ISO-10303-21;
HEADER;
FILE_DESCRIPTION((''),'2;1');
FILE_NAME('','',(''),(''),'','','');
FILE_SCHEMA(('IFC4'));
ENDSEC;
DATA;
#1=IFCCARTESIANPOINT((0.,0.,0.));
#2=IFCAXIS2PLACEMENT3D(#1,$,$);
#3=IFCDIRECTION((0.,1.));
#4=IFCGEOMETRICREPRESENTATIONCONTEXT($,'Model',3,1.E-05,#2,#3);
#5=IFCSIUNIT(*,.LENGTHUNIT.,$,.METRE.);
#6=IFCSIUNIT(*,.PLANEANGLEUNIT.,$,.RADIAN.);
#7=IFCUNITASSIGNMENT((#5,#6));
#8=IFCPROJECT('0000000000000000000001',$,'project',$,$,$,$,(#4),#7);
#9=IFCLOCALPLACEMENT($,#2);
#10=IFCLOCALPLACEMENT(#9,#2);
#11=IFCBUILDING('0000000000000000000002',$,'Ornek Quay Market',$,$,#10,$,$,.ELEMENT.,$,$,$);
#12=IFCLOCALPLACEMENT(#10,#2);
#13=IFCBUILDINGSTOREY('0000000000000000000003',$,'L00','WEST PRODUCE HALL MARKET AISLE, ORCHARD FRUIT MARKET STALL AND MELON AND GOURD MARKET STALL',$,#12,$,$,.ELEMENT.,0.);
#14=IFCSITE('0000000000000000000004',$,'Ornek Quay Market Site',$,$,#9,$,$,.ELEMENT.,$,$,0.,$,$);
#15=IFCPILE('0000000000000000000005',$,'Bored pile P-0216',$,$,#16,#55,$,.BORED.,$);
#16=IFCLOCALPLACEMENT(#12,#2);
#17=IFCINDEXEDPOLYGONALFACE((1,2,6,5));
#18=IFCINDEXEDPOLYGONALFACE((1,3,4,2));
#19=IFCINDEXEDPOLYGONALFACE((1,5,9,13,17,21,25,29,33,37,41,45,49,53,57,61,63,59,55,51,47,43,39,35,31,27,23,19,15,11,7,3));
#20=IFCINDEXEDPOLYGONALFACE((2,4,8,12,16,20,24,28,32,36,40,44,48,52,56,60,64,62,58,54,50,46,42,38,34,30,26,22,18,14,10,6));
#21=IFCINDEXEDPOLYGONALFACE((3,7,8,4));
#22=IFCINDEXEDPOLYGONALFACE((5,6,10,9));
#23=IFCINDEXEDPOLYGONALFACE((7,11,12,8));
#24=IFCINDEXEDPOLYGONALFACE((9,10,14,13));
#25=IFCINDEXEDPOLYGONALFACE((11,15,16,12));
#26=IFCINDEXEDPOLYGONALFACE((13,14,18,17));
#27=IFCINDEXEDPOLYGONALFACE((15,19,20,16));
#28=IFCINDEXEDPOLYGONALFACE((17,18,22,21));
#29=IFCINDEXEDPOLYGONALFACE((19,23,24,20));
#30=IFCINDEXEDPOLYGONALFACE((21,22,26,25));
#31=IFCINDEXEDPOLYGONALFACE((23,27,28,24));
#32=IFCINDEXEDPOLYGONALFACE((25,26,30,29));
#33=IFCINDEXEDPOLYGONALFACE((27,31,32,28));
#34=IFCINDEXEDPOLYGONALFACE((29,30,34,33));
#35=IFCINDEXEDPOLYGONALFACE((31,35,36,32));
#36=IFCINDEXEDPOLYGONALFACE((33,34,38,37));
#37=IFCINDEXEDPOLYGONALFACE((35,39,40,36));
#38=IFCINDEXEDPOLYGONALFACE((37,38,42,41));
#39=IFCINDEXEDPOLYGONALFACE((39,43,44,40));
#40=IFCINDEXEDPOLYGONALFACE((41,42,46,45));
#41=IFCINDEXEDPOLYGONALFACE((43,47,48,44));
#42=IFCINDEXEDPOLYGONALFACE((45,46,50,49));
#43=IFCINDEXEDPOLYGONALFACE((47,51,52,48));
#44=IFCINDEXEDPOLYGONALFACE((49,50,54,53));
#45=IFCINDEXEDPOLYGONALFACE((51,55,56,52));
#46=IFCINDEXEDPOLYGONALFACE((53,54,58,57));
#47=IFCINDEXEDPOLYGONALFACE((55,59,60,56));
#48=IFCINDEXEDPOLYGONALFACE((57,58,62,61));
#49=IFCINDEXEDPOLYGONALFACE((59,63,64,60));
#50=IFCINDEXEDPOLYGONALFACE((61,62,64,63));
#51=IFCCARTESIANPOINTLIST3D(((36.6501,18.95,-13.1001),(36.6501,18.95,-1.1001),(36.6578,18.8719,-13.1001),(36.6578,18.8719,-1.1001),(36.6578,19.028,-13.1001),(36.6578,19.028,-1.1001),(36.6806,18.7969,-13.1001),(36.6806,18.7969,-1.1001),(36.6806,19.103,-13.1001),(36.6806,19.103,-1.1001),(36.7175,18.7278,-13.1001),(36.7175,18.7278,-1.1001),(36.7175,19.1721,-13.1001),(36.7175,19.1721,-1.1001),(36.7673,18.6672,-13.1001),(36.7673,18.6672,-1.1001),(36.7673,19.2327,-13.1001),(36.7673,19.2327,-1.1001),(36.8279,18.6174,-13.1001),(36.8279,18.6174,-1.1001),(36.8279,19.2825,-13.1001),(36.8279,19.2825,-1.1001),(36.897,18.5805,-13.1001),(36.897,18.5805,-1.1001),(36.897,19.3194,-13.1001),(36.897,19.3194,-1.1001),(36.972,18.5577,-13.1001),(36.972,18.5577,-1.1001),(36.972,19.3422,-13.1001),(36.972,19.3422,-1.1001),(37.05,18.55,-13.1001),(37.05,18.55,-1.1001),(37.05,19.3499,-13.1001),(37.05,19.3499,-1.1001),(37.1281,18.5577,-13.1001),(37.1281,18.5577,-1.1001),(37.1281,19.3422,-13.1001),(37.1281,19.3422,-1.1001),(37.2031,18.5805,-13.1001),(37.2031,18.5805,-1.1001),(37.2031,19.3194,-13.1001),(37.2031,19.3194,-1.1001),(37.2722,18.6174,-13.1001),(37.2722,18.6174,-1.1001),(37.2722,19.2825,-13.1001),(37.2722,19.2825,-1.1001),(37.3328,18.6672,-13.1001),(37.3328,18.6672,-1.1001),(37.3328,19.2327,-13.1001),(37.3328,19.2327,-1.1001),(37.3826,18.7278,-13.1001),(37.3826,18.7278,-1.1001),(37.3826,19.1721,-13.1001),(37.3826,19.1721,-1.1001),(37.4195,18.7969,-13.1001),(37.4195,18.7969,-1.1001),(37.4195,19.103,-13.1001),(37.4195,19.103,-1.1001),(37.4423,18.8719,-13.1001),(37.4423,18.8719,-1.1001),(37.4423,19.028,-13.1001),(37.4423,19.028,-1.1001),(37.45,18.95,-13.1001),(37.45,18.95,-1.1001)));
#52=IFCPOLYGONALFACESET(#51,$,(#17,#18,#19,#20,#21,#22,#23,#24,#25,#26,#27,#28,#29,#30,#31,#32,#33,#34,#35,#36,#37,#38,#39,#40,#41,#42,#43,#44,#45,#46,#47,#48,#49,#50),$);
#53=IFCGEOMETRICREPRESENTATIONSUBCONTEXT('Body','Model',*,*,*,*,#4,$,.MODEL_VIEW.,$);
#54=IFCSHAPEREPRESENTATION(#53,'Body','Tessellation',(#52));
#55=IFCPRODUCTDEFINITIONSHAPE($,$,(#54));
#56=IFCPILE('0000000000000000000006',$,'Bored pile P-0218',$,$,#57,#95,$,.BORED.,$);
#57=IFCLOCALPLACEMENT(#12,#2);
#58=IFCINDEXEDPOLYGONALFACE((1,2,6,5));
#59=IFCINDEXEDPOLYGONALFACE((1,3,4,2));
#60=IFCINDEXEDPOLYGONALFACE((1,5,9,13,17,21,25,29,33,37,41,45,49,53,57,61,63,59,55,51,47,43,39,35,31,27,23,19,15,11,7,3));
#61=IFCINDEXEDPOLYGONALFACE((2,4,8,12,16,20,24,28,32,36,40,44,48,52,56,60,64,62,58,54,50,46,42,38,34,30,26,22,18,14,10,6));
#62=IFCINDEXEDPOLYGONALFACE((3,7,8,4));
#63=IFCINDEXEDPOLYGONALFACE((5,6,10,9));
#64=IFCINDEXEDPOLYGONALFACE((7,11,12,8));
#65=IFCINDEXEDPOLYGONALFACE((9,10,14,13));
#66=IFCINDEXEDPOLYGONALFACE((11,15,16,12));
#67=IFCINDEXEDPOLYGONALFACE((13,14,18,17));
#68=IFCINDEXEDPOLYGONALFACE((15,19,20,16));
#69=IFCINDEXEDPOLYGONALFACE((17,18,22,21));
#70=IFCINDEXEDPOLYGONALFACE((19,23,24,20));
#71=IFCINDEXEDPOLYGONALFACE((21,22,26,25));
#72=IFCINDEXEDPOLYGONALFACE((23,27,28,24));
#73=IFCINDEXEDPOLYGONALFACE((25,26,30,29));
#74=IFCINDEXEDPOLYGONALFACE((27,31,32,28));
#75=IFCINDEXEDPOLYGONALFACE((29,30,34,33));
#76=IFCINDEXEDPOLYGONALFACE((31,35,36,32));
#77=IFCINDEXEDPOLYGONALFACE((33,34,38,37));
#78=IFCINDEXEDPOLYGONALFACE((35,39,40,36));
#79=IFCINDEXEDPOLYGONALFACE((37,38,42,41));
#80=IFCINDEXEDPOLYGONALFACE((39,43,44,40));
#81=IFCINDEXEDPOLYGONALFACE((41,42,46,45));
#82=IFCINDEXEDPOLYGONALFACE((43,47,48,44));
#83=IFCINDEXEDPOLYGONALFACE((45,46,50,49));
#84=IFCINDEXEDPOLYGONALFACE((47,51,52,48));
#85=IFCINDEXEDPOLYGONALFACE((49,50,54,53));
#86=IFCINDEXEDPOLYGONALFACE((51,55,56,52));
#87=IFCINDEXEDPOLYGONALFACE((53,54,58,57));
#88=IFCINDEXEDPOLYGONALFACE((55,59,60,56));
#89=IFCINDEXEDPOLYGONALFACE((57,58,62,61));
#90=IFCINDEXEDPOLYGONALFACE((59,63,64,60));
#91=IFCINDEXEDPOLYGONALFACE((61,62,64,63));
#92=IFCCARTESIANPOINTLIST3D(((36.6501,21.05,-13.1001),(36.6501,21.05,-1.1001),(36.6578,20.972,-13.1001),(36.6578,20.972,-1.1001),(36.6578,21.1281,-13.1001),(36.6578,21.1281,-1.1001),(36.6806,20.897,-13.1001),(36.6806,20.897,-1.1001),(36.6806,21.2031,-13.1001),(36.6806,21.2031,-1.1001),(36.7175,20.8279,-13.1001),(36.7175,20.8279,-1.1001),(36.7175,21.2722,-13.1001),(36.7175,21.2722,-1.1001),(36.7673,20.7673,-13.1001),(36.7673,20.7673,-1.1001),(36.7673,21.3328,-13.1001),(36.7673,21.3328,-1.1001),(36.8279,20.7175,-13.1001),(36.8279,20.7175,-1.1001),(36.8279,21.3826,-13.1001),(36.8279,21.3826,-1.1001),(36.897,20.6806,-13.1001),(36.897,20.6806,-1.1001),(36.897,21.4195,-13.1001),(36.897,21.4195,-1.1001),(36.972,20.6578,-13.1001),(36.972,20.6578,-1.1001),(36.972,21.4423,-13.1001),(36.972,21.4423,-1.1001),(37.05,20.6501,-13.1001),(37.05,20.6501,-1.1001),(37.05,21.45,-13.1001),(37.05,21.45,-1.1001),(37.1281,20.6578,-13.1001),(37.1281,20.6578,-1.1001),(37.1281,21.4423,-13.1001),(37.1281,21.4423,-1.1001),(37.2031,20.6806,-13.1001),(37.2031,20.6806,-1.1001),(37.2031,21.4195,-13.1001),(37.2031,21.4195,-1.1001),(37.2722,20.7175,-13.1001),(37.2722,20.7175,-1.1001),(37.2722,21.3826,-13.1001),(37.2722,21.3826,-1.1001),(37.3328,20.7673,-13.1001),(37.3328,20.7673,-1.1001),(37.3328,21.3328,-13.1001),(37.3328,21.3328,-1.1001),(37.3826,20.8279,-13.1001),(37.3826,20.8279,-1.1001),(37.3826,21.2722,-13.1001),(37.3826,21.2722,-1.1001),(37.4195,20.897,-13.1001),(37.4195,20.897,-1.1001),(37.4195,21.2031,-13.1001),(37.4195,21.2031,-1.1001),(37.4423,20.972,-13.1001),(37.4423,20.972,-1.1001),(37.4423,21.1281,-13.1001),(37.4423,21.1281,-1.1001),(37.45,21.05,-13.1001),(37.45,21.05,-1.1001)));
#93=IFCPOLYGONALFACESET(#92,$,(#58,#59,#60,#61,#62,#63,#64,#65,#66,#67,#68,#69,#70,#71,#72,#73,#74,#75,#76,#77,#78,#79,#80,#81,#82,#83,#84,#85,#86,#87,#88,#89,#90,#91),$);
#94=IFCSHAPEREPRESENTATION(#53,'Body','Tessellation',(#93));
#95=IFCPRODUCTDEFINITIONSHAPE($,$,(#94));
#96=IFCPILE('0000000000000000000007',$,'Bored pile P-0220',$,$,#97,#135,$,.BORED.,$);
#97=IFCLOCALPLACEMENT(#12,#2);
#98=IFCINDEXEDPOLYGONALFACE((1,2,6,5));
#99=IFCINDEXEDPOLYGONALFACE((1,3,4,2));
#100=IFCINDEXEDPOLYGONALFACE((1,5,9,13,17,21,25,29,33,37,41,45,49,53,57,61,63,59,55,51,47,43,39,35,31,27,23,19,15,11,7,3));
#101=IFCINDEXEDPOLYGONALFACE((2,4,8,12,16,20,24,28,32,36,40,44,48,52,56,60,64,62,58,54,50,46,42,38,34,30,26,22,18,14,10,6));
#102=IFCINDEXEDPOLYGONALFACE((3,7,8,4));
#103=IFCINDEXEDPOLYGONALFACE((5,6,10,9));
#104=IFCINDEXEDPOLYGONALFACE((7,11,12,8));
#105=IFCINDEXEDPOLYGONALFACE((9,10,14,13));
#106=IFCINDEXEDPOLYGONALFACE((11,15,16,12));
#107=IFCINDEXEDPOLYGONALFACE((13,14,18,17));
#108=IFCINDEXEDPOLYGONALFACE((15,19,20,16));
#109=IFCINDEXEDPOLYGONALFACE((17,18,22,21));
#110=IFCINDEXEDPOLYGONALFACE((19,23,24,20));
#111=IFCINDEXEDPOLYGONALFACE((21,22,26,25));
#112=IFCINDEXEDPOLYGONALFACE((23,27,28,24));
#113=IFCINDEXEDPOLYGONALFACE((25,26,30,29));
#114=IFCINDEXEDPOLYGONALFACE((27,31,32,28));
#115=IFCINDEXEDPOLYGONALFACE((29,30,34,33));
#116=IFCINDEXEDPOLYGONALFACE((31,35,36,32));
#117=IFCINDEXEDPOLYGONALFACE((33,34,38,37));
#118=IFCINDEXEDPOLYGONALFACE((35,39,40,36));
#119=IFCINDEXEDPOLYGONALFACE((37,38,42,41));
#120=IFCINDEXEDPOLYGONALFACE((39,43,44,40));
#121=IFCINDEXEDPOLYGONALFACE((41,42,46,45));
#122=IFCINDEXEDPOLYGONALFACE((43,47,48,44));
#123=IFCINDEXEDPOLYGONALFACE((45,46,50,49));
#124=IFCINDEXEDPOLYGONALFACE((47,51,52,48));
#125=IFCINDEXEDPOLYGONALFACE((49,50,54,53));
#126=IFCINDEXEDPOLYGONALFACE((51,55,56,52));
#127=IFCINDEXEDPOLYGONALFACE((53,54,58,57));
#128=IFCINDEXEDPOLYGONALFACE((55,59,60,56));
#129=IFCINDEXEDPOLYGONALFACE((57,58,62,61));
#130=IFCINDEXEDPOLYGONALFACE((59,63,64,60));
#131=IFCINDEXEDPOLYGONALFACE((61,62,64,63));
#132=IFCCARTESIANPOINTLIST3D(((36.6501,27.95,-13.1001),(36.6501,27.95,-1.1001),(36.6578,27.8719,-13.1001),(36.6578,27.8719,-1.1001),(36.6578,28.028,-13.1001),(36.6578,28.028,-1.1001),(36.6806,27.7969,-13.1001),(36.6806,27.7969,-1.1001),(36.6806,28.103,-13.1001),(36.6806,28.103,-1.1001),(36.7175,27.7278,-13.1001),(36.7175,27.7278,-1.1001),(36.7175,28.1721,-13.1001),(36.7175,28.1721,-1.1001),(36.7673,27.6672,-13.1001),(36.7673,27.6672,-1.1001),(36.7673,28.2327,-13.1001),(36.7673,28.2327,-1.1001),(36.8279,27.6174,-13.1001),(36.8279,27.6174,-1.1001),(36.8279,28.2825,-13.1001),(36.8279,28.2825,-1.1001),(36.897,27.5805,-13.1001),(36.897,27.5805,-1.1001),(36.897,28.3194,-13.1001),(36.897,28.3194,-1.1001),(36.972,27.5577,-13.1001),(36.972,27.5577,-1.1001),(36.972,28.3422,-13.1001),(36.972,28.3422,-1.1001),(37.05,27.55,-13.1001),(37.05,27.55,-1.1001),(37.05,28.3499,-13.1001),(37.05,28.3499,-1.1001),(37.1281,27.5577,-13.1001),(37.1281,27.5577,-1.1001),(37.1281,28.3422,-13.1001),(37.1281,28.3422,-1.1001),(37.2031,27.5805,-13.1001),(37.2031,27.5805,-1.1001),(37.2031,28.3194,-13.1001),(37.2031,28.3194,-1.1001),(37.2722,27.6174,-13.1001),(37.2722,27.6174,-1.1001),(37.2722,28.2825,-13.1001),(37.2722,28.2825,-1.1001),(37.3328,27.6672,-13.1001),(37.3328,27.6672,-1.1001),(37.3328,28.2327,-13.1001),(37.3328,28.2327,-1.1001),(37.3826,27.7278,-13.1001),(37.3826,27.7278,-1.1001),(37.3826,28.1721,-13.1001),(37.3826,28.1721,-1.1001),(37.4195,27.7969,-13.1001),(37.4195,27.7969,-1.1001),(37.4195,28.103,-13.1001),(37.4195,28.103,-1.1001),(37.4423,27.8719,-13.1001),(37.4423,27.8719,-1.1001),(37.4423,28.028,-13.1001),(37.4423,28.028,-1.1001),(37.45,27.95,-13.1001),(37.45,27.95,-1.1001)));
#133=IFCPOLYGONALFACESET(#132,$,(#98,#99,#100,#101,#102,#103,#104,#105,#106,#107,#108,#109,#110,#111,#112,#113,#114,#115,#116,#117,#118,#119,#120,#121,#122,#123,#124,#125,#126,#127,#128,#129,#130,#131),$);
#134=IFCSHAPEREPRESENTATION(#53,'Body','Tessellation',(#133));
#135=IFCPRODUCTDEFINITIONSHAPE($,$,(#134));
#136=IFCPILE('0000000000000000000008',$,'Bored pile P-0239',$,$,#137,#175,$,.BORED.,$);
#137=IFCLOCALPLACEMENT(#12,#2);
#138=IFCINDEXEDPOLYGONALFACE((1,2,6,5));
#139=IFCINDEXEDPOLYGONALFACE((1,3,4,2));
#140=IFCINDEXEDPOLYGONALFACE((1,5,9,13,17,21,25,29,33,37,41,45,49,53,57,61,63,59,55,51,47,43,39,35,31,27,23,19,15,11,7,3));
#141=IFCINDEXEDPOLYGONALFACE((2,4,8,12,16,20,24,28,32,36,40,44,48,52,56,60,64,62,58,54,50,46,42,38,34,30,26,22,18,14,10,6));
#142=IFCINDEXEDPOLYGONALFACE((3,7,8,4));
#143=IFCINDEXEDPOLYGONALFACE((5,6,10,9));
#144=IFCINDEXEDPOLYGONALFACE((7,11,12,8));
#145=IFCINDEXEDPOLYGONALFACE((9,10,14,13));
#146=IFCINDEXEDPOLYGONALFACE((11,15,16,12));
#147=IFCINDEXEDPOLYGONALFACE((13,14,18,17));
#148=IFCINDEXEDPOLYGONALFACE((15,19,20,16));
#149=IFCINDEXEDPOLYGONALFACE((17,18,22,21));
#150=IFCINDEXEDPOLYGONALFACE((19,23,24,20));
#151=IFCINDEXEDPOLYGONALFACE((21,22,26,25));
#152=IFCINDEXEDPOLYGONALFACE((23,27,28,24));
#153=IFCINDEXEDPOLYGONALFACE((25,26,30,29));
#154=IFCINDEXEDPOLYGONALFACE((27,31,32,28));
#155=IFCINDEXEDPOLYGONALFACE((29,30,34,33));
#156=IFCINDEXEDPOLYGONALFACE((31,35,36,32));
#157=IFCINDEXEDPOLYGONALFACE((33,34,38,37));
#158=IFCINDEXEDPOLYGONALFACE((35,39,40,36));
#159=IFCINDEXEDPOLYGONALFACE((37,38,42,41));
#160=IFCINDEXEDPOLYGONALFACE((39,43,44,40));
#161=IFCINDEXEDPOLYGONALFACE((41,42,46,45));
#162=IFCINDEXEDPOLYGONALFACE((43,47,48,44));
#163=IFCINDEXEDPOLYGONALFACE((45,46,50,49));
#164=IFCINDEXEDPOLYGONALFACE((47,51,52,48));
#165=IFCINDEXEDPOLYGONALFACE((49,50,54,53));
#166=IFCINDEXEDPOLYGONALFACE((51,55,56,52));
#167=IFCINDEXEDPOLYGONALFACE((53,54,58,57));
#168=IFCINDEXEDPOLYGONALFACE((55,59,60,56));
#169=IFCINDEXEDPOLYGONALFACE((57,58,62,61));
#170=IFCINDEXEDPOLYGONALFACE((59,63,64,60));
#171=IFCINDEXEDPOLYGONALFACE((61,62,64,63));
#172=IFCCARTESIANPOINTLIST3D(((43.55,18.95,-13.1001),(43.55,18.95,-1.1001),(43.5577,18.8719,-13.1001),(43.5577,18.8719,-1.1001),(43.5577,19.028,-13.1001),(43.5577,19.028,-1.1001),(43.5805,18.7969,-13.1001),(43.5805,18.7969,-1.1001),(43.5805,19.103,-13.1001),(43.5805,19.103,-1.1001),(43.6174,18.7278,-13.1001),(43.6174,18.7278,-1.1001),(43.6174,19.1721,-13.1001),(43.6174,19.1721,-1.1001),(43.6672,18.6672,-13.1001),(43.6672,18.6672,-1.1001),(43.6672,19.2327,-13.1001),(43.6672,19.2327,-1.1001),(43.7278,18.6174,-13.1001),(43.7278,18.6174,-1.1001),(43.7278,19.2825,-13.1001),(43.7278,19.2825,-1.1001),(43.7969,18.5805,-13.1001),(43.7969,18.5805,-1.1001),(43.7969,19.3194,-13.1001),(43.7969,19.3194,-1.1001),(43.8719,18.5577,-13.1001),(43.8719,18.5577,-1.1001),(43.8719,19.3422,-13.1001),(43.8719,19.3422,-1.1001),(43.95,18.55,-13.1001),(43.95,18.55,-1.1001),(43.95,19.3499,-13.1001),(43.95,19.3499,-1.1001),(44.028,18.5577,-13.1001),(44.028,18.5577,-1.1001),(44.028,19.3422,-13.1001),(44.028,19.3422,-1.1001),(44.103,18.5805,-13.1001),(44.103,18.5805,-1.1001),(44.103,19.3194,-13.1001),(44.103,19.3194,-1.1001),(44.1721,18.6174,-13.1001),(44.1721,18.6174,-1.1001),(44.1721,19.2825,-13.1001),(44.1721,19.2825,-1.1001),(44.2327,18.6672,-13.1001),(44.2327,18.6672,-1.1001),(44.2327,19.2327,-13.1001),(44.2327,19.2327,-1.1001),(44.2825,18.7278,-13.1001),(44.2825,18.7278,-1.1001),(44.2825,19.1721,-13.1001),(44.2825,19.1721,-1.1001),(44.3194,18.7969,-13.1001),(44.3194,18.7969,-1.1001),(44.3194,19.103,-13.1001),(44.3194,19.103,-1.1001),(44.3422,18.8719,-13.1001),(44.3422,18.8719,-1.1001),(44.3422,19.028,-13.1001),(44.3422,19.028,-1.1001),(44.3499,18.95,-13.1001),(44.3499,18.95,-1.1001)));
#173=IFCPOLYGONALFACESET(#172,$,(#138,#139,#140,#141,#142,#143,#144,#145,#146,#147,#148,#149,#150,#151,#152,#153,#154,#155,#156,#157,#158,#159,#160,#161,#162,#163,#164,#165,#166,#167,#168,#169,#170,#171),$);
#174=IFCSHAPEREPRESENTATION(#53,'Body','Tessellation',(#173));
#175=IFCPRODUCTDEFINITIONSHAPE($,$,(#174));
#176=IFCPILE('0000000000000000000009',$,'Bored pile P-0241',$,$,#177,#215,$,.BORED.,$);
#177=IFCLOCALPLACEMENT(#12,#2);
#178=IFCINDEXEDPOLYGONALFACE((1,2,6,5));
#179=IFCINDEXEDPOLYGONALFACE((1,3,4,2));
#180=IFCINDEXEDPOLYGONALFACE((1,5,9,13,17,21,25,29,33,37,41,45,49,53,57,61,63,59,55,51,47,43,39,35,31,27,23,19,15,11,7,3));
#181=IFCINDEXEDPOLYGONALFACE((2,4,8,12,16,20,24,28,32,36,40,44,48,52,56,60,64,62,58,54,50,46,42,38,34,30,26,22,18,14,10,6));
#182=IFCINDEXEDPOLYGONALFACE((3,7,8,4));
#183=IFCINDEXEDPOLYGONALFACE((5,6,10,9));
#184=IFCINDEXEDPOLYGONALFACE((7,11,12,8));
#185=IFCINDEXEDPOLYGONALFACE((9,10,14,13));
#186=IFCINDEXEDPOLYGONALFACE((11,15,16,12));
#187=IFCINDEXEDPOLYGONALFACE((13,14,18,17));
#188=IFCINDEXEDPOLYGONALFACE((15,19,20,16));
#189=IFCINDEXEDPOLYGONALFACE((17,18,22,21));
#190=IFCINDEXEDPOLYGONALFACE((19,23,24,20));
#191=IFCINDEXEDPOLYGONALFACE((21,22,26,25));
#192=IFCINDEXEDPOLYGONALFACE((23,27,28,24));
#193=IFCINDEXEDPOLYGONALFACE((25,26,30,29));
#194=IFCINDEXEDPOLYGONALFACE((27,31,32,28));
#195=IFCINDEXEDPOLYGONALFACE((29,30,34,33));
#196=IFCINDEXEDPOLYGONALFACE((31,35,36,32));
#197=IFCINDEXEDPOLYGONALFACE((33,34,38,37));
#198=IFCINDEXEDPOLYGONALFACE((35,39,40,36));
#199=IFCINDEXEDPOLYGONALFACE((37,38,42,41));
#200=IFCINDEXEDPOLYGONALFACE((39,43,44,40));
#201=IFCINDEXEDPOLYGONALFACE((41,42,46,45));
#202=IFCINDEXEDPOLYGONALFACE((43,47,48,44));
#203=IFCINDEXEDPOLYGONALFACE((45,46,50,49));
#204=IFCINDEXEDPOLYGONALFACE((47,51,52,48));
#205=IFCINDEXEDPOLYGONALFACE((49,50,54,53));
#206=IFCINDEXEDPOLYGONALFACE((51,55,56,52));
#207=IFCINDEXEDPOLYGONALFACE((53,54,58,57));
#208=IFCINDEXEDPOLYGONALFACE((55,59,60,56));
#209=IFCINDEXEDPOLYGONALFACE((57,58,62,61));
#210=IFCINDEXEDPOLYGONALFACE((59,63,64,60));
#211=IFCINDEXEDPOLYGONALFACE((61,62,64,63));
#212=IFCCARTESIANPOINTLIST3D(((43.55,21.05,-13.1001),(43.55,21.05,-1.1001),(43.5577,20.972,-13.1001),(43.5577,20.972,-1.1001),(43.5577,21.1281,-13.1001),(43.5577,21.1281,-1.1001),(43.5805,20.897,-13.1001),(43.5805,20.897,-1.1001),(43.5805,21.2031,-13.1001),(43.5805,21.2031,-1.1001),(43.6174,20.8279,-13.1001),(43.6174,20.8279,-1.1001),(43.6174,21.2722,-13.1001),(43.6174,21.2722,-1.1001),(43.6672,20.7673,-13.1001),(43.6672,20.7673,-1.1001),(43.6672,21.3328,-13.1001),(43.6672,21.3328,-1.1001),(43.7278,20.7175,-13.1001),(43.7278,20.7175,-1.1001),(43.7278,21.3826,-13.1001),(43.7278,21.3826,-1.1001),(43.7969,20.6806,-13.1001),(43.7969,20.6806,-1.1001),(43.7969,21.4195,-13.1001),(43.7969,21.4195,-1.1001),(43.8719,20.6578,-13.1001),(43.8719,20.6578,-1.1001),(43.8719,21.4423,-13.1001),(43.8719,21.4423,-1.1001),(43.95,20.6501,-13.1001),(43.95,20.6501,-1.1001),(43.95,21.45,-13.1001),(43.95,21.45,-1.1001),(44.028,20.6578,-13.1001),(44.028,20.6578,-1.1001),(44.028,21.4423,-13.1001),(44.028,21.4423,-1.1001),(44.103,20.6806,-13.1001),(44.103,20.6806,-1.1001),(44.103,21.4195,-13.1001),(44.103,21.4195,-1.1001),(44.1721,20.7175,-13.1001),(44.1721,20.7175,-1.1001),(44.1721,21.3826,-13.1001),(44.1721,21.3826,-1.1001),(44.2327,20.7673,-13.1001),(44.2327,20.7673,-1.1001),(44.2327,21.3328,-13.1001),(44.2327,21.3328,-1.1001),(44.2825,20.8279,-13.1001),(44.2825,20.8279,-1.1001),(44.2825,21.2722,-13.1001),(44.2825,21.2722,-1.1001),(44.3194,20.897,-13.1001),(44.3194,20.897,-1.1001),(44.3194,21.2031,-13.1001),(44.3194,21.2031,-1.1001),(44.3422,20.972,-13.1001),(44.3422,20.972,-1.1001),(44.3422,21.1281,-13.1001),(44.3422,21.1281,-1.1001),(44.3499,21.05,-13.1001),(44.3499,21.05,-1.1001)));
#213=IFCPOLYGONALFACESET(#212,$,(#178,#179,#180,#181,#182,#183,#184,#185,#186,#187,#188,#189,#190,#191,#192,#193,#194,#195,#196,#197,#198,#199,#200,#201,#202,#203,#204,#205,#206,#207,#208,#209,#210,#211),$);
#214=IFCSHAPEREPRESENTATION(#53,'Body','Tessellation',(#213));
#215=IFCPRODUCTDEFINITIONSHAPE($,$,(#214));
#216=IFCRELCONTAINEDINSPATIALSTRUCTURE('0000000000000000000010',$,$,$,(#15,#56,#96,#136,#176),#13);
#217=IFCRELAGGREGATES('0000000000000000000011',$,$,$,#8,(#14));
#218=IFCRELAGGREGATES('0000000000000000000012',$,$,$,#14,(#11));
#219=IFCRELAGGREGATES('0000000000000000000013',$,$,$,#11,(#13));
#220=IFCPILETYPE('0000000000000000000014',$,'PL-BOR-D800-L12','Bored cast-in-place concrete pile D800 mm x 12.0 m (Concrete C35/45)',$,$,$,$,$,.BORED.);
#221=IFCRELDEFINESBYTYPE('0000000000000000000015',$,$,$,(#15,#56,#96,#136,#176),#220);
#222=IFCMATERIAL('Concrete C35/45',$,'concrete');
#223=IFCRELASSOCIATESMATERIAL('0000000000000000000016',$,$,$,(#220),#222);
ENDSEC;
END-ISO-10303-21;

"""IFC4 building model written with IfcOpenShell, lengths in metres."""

from ifc_helpers import new_model, si_unit, direction, frame, origin, origin_2d, place, context, subcontext, project, spatial, circle, extrude, material, material_profile, profile_set, type_object, element, save


model = new_model("IFC4")

# Units and contexts
model_context = context("Model", 3, precision=1e-05, world=origin(), true_north=direction((0.0, 1.0)))
body_context = subcontext(model_context, "Body", "Model", "MODEL_VIEW")
ifc_project = project(units=[si_unit("LENGTHUNIT", "METRE"), si_unit("PLANEANGLEUNIT", "RADIAN")], contexts=[model_context])

# Site, building, storey
site_placement = place(None, origin())
site = spatial("IfcSite", under=ifc_project, at=site_placement, Name="Ornek Quay Market Site", CompositionType="ELEMENT", RefElevation=0.0)
building_placement = place(site_placement, origin())
building = spatial("IfcBuilding", under=site, at=building_placement, Name="Ornek Quay Market", CompositionType="ELEMENT")
storey_placement = place(building_placement, origin())
storey = spatial("IfcBuildingStorey", under=building, at=storey_placement, Name="L00", Description="WEST PRODUCE HALL MARKET AISLE, ORCHARD FRUIT MARKET STALL AND MELON AND GOURD MARKET STALL", CompositionType="ELEMENT", Elevation=0.0)

# Piles
ifc_material_1 = material(Name="Concrete C35/45", Category="concrete")
ifc_material_profile_1 = material_profile(ifc_material_1, circle(Radius=0.3999, at=origin_2d()), Name="PILE D800", Category="concrete")
ifc_profile_set_1 = profile_set([ifc_material_profile_1], Name="Concrete C35/45")
pile_type = type_object("IfcPileType", Name="PL-BOR-D800-L12", Description="Bored cast-in-place concrete pile D800 mm x 12.0 m (Concrete C35/45)", PredefinedType="BORED", material=ifc_profile_set_1)
for number, where, z_axis, x_axis, name in (
    (1, (37.05, 18.95, -1.1001), (0.0, 0.0, -1.0), (1.0, 0.0, 0.0), "Bored pile P-0216"),
    (2, (37.05, 21.05, -1.1001), (0.0, 0.0, -1.0), (1.0, 0.0, 0.0), "Bored pile P-0218"),
    (3, (37.05, 27.95, -1.1001), (0.0, 0.0, -1.0), (1.0, 0.0, 0.0), "Bored pile P-0220"),
    (4, (43.95, 18.95, -1.1001), (0.0, 0.0, -1.0), (1.0, 0.0, 0.0), "Bored pile P-0239"),
    (5, (43.95, 21.05, -1.1001), (0.0, 0.0, -1.0), (1.0, 0.0, 0.0), "Bored pile P-0241"),
):
    element("IfcPile", number, at=place(storey_placement, frame(where, z_axis=z_axis, x_axis=x_axis)), inside=storey, type_object=pile_type, Name=name, PredefinedType="BORED", context=body_context, shape_type="SweptSolid", body=[
        extrude(circle(Radius=0.3999, at=origin_2d()), origin(), (0.0, 0.0, 1.0), 12.0),
    ])

save(model, "model.ifc")
